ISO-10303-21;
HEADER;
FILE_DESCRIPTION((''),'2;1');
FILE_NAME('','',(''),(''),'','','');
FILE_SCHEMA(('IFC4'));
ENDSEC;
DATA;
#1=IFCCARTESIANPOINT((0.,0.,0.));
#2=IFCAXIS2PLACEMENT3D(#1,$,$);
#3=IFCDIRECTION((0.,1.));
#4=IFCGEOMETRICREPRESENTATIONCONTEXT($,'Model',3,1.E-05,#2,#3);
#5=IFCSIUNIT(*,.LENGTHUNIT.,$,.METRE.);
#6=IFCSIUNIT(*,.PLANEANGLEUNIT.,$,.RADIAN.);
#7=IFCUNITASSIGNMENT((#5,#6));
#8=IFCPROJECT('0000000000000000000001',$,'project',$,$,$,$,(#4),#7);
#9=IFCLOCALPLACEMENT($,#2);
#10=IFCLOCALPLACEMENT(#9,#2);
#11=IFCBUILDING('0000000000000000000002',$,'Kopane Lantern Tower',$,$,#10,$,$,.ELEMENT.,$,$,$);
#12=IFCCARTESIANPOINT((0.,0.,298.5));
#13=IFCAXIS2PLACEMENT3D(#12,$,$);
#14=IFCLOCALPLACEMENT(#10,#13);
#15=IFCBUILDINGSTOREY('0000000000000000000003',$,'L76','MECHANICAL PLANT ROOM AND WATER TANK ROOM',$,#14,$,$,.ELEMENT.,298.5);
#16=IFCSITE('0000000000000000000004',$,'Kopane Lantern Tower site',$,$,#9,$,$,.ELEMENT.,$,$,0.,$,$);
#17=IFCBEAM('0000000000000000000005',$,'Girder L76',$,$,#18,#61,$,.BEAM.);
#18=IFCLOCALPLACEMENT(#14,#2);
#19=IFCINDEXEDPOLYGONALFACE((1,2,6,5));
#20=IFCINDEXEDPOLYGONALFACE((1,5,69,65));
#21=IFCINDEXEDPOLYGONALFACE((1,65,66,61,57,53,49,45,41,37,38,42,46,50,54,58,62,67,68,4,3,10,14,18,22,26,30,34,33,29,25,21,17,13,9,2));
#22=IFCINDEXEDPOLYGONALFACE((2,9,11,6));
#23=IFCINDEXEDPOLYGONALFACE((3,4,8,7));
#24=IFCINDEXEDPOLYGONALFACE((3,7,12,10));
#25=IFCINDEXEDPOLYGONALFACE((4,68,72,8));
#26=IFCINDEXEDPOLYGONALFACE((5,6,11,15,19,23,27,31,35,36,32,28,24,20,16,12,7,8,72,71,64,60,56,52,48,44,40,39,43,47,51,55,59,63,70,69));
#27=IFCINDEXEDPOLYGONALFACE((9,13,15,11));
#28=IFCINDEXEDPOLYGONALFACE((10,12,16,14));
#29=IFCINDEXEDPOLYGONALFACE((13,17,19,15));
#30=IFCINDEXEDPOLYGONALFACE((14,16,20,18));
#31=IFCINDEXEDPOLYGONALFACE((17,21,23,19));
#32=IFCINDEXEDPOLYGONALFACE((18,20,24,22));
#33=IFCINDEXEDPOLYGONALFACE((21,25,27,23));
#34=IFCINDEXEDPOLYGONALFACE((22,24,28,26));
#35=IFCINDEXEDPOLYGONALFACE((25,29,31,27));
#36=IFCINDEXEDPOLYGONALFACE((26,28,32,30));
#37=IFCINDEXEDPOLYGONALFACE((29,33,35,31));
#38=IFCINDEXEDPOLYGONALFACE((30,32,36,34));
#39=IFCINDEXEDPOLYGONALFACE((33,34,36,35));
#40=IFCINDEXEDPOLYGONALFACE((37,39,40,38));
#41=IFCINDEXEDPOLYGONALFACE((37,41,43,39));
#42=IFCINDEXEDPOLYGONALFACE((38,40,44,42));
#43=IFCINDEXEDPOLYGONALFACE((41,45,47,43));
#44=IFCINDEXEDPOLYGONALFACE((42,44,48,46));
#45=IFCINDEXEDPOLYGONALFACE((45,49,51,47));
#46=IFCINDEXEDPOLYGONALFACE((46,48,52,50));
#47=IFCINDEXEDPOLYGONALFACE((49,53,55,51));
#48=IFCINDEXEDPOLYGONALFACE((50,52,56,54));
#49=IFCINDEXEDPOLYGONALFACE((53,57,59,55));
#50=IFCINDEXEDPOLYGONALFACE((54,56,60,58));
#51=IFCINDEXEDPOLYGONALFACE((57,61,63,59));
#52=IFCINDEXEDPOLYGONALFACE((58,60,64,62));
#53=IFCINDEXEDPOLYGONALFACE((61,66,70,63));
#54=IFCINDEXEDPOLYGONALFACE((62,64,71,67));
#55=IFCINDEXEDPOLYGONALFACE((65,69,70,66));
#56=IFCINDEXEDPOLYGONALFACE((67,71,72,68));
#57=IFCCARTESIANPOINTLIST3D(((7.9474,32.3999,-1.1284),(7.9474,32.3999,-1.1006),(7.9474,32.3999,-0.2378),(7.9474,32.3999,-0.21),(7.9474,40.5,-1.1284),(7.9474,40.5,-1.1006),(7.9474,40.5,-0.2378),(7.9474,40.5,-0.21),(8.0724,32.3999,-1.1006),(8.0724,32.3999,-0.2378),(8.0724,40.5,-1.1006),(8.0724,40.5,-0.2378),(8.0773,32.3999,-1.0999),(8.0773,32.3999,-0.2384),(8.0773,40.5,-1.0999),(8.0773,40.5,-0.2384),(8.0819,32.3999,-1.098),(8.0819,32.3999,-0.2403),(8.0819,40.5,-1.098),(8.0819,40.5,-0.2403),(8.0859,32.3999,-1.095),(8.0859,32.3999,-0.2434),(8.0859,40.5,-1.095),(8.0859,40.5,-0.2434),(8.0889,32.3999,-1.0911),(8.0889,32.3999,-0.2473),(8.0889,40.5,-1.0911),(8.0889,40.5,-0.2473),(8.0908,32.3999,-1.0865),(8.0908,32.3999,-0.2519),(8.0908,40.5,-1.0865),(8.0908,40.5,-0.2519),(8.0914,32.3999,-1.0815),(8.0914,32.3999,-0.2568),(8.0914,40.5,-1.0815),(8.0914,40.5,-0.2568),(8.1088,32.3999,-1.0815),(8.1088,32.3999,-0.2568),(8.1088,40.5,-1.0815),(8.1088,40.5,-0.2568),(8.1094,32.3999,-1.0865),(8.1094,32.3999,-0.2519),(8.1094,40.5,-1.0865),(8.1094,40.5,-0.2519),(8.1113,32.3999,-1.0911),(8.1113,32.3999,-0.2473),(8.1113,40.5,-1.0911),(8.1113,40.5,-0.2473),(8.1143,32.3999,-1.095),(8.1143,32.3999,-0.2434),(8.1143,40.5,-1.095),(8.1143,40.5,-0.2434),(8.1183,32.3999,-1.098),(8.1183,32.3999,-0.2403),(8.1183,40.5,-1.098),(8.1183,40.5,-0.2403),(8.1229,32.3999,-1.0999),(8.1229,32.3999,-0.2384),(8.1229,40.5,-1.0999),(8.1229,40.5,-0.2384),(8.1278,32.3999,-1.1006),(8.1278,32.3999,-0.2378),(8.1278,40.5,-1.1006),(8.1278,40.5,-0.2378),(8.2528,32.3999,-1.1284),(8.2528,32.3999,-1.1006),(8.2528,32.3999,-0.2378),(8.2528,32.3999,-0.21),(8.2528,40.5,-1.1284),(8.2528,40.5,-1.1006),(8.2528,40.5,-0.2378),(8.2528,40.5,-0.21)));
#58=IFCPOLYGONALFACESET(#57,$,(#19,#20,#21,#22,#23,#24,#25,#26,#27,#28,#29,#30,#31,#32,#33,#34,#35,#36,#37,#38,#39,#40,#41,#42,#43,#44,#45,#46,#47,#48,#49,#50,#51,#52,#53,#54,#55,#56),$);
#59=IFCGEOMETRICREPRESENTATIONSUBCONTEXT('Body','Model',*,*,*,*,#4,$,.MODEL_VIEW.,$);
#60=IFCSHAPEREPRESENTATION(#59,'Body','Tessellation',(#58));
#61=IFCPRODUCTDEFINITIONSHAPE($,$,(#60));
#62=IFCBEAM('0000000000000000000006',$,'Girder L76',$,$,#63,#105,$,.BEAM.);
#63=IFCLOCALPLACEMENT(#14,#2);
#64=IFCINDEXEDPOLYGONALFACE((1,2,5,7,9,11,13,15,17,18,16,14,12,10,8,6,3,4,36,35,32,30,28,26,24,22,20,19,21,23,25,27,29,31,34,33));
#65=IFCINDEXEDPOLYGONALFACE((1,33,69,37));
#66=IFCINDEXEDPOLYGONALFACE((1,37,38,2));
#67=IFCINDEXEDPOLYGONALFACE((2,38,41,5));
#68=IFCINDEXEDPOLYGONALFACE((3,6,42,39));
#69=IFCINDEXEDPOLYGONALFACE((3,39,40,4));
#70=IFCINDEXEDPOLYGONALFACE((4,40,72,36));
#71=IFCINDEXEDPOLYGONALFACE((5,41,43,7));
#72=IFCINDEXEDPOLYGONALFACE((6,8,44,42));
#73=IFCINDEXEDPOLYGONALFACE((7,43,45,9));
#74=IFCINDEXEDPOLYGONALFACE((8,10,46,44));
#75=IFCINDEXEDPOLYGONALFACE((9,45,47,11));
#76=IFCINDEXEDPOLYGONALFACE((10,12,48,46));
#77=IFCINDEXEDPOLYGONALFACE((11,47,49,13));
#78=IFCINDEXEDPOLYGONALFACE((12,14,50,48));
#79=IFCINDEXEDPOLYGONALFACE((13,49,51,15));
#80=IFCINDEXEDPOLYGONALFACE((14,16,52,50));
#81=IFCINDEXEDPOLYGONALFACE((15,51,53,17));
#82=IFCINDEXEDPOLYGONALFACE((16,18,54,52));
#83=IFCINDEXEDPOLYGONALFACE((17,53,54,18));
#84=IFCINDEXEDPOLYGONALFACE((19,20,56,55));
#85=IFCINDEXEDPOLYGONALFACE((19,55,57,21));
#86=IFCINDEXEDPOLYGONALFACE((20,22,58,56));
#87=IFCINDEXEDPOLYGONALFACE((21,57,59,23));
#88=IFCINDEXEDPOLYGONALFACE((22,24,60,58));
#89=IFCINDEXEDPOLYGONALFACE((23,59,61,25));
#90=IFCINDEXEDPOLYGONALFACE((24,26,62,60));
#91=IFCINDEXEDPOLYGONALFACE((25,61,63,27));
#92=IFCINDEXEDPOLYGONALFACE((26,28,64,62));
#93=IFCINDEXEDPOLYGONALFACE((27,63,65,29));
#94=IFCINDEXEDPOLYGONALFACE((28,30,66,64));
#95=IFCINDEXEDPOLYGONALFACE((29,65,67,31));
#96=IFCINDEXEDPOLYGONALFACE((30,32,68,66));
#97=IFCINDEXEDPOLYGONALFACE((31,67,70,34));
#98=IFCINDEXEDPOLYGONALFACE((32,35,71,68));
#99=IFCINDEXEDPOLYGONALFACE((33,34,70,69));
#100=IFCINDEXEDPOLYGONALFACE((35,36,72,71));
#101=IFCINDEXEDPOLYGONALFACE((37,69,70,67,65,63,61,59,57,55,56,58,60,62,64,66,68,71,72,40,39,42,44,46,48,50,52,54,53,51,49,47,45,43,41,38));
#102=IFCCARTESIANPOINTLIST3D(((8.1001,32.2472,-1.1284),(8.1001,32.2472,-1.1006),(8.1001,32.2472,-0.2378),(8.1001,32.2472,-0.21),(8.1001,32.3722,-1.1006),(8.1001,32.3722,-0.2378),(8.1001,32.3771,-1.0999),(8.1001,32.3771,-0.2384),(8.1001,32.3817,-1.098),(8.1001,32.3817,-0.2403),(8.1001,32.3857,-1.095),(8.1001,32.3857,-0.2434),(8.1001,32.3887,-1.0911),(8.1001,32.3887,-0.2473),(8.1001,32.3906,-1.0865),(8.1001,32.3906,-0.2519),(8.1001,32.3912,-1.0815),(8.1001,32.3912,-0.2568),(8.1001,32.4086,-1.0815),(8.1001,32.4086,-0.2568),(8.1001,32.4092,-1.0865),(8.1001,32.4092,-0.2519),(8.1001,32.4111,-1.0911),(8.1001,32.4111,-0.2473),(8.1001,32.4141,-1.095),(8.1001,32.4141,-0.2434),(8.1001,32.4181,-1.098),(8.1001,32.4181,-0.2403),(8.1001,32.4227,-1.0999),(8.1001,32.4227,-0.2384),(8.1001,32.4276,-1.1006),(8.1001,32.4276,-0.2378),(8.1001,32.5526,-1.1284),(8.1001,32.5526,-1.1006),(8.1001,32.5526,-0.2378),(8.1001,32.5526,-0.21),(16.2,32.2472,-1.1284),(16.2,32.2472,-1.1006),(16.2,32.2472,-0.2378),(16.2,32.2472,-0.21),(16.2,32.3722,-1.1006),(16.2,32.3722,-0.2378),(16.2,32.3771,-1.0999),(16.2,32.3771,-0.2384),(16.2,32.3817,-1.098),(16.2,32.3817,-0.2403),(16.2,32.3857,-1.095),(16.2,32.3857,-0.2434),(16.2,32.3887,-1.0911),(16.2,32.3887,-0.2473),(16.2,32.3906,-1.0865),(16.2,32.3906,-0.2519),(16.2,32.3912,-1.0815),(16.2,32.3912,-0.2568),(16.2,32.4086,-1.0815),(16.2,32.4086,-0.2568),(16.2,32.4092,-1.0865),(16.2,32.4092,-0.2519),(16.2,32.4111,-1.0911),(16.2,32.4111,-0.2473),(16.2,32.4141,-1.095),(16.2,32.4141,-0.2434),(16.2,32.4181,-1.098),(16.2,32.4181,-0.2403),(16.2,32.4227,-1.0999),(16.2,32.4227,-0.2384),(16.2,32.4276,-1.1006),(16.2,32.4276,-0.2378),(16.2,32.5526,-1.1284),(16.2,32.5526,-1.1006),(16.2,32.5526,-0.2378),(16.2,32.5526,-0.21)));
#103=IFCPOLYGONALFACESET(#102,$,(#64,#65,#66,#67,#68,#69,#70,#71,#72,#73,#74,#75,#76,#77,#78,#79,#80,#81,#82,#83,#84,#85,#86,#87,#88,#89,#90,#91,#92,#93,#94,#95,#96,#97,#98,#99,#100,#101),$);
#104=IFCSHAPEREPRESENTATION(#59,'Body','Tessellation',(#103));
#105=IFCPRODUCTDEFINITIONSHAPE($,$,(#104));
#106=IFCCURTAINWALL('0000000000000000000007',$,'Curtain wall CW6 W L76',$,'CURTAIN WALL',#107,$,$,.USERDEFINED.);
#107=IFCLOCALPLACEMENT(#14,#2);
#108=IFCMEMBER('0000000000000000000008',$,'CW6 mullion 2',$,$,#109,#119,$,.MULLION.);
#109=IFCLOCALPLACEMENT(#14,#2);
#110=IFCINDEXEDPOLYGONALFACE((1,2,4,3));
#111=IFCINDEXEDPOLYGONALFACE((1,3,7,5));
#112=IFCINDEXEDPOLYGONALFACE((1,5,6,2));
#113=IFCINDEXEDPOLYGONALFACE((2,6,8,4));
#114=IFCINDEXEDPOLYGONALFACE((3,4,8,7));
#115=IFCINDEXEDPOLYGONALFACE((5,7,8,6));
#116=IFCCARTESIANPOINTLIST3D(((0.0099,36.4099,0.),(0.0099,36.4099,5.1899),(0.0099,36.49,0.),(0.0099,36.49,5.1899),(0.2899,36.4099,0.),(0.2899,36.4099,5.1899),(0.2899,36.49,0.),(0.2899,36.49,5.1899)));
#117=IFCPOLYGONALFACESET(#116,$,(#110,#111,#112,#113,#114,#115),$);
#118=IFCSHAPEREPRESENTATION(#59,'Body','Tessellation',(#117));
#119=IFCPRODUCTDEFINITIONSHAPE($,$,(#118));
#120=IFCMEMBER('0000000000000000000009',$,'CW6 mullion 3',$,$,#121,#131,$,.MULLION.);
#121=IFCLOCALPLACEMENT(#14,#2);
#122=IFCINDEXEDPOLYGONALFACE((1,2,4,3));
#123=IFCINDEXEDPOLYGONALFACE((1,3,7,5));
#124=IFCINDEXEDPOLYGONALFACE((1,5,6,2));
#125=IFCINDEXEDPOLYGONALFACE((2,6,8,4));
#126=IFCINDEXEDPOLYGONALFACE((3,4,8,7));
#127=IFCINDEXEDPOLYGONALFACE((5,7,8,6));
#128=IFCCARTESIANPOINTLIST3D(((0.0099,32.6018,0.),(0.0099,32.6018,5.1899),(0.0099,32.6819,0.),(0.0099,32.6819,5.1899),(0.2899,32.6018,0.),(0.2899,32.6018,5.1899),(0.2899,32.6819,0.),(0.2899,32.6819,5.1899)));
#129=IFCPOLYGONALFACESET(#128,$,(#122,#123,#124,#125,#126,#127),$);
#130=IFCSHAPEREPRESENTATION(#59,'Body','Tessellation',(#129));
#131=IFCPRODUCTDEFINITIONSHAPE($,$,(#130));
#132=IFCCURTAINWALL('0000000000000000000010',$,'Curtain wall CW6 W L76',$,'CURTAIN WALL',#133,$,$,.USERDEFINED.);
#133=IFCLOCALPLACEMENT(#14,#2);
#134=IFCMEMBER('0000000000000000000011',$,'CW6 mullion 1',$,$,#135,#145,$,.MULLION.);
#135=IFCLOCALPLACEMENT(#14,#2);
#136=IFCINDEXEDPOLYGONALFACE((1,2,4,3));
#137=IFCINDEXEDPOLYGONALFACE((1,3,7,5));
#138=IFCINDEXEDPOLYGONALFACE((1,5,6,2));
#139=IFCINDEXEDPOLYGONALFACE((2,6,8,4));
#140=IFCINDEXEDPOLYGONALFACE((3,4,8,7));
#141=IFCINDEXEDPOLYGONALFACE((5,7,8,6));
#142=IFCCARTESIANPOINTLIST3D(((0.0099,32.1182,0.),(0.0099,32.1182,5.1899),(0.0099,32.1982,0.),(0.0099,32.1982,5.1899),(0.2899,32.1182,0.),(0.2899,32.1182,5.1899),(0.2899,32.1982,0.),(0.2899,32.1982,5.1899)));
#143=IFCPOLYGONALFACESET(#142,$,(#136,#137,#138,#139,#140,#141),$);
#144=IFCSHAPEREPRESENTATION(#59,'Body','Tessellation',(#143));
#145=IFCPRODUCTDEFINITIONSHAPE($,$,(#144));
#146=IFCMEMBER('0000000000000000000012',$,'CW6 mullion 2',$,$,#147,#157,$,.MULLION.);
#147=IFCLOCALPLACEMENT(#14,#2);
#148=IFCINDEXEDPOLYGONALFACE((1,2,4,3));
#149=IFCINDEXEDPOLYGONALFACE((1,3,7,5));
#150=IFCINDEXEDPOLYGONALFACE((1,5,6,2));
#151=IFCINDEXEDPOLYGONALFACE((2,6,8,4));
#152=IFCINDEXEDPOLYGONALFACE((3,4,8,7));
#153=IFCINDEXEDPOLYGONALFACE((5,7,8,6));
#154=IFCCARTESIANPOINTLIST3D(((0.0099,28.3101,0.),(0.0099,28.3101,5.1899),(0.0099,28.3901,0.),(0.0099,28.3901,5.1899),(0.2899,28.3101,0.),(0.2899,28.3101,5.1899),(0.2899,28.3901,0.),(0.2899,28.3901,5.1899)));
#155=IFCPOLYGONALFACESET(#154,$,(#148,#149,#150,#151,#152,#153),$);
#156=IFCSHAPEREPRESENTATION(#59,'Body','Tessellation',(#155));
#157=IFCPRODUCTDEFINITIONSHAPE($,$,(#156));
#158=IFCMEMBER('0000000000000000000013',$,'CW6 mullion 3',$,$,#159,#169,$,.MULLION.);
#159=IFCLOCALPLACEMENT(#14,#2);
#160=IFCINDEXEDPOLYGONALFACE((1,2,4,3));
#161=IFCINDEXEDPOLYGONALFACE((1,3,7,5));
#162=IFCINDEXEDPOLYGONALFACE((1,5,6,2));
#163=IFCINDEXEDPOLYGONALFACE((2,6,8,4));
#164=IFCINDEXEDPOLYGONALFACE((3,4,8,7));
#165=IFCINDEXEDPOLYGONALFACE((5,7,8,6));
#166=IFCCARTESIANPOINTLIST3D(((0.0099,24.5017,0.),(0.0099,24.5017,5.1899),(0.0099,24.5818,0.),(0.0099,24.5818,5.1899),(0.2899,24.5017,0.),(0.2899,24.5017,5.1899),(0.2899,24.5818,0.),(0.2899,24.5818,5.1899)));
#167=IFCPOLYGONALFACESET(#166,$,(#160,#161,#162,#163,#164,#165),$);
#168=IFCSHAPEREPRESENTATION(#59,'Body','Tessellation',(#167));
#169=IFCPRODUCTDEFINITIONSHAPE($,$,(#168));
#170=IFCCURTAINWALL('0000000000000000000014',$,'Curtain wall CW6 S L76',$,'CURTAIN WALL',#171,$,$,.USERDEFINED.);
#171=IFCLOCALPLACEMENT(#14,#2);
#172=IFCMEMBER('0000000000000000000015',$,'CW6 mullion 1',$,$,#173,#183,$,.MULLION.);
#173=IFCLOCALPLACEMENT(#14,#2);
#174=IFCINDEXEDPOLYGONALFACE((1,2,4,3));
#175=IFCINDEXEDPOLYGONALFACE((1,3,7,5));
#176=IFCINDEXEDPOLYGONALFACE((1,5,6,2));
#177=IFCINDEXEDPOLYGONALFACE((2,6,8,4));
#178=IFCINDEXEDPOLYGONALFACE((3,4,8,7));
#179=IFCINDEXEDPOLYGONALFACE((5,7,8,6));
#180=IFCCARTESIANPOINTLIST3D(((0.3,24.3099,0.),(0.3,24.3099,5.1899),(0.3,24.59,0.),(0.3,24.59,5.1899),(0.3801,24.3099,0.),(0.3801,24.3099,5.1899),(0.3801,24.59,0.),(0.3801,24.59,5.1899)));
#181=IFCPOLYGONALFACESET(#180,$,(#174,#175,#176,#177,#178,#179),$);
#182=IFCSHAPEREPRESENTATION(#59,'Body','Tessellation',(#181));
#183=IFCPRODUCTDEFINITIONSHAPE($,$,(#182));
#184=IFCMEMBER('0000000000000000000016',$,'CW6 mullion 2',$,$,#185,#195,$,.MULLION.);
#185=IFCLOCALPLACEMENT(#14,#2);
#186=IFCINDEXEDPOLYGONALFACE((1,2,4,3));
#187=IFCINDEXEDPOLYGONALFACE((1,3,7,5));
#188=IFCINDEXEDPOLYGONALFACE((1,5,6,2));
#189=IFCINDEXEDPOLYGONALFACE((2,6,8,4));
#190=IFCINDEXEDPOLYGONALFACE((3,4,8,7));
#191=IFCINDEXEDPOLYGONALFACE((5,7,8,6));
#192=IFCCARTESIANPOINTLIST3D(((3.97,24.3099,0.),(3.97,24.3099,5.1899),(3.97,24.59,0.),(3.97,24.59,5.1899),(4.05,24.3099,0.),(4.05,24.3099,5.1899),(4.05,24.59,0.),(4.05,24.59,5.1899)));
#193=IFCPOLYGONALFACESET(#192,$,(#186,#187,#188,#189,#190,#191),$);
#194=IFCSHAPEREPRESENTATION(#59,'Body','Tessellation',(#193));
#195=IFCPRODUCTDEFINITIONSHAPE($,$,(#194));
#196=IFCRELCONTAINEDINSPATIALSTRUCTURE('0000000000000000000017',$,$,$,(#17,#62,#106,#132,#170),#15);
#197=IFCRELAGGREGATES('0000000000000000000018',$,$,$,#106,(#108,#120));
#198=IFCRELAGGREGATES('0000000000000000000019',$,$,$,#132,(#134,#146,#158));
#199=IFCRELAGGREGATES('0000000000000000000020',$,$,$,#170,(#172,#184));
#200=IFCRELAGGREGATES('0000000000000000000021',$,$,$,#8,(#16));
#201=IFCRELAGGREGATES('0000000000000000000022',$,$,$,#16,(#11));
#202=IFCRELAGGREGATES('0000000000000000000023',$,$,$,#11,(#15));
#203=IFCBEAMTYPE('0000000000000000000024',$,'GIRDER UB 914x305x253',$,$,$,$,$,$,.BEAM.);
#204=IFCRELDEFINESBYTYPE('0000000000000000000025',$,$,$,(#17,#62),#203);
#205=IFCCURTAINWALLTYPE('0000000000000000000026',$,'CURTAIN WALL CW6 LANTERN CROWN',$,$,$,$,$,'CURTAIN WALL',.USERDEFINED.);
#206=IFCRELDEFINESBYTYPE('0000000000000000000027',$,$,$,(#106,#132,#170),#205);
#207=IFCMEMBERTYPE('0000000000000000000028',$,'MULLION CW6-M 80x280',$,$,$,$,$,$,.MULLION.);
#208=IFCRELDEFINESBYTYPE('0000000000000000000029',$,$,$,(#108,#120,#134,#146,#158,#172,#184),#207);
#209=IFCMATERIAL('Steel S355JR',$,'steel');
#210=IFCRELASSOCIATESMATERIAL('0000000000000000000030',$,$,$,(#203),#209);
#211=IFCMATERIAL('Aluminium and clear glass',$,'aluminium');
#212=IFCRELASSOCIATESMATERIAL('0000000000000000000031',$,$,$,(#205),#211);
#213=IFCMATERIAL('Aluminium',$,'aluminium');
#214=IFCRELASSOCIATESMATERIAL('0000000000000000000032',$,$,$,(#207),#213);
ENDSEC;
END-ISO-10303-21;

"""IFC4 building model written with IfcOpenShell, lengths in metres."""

from ifc_helpers import new_model, si_unit, direction, frame, origin, origin_2d, place, context, subcontext, project, spatial, rectangle, i_section, extrude, material, material_profile, profile_set, type_object, element, aggregate, save


model = new_model("IFC4")

# Units and contexts
model_context = context("Model", 3, precision=1e-05, world=origin(), true_north=direction((0.0, 1.0)))
body_context = subcontext(model_context, "Body", "Model", "MODEL_VIEW")
ifc_project = project(units=[si_unit("LENGTHUNIT", "METRE"), si_unit("PLANEANGLEUNIT", "RADIAN")], contexts=[model_context])

# Site, building, storey
site_placement = place(None, origin())
site = spatial("IfcSite", under=ifc_project, at=site_placement, Name="Kopane Lantern Tower site", CompositionType="ELEMENT", RefElevation=0.0)
building_placement = place(site_placement, origin())
building = spatial("IfcBuilding", under=site, at=building_placement, Name="Kopane Lantern Tower", CompositionType="ELEMENT")
storey_placement = place(building_placement, frame((0.0, 0.0, 298.5)))
storey = spatial("IfcBuildingStorey", under=building, at=storey_placement, Name="L76", Description="MECHANICAL PLANT ROOM AND WATER TANK ROOM", CompositionType="ELEMENT", Elevation=298.5)

# Beams
ifc_material_1 = material(Name="Steel S355JR", Category="steel")
ifc_material_profile_1 = material_profile(ifc_material_1, i_section(OverallWidth=0.3054, OverallDepth=0.9185, WebThickness=0.0173, FlangeThickness=0.0278, FilletRadius=0.019, at=origin_2d()), Name="UB 914x305x253")
ifc_profile_set_1 = profile_set([ifc_material_profile_1], Name="Steel S355JR")
beam_type = type_object("IfcBeamType", Name="GIRDER UB 914x305x253", PredefinedType="BEAM", material=ifc_profile_set_1)
for number, where, z_axis, x_axis, name in (
    (1, (8.1001, 32.3999, -0.6692), (0.0, 1.0, 0.0), (-1.0, 0.0, 0.0), "Girder L76"),
):
    element("IfcBeam", number, at=place(storey_placement, frame(where, z_axis=z_axis, x_axis=x_axis)), inside=storey, type_object=beam_type, Name=name, PredefinedType="BEAM", context=body_context, shape_type="SweptSolid", body=[
        extrude(i_section(OverallWidth=0.3054, OverallDepth=0.9185, WebThickness=0.0173, FlangeThickness=0.0278, FilletRadius=0.019, at=origin_2d()), origin(), (0.0, 0.0, 1.0), 8.1001),
    ])
beam_placement = place(storey_placement, frame((8.1001, 32.3999, -0.6692), z_axis=(1.0, 0.0, 0.0), x_axis=(0.0, 1.0, 0.0)))
element("IfcBeam", 2, at=beam_placement, inside=storey, type_object=beam_type, Name="Girder L76", PredefinedType="BEAM", context=body_context, shape_type="SweptSolid", body=[
    extrude(i_section(OverallWidth=0.3054, OverallDepth=0.9185, WebThickness=0.0173, FlangeThickness=0.0278, FilletRadius=0.019, at=origin_2d()), origin(), (0.0, 0.0, 1.0), 8.0999),
])

# Curtain walls, members
ifc_material_2 = material(Name="Aluminium and clear glass", Category="aluminium")
curtain_wall_type = type_object("IfcCurtainWallType", Name="CURTAIN WALL CW6 LANTERN CROWN", ElementType="CURTAIN WALL", PredefinedType="USERDEFINED", material=ifc_material_2)
curtain_wall_1_placement = place(storey_placement, origin())
curtain_wall_1 = element("IfcCurtainWall", 3, at=curtain_wall_1_placement, inside=storey, type_object=curtain_wall_type, Name="Curtain wall CW6 W L76", ObjectType="CURTAIN WALL", PredefinedType="USERDEFINED")
ifc_material_3 = material(Name="Aluminium", Category="aluminium")
ifc_material_profile_2 = material_profile(ifc_material_3, rectangle(XDim=0.0801, YDim=0.28, at=origin_2d()), Name="AL 80x280")
ifc_profile_set_2 = profile_set([ifc_material_profile_2], Name="Aluminium")
member_type_1 = type_object("IfcMemberType", Name="MULLION CW6-M 80x280", PredefinedType="MULLION", material=ifc_profile_set_2)
member_1_placement = place(storey_placement, frame((0.1499, 36.45, 0.0), z_axis=(0.0, 0.0, 1.0), x_axis=(0.0, -1.0, 0.0)))
member_1 = element("IfcMember", 4, at=member_1_placement, type_object=member_type_1, Name="CW6 mullion 2", PredefinedType="MULLION", context=body_context, shape_type="SweptSolid", body=[
    extrude(rectangle(XDim=0.0801, YDim=0.28, at=origin_2d()), origin(), (0.0, 0.0, 1.0), 5.1899),
])
member_2_placement = place(storey_placement, frame((0.1499, 32.6418, 0.0), z_axis=(0.0, 0.0, 1.0), x_axis=(0.0, -1.0, 0.0)))
member_2 = element("IfcMember", 5, at=member_2_placement, type_object=member_type_1, Name="CW6 mullion 3", PredefinedType="MULLION", context=body_context, shape_type="SweptSolid", body=[
    extrude(rectangle(XDim=0.0801, YDim=0.28, at=origin_2d()), origin(), (0.0, 0.0, 1.0), 5.1899),
])
curtain_wall_2_placement = place(storey_placement, origin())
curtain_wall_2 = element("IfcCurtainWall", 6, at=curtain_wall_2_placement, inside=storey, type_object=curtain_wall_type, Name="Curtain wall CW6 W L76", ObjectType="CURTAIN WALL", PredefinedType="USERDEFINED")
member_3_placement = place(storey_placement, frame((0.1499, 32.1582, 0.0), z_axis=(0.0, 0.0, 1.0), x_axis=(0.0, -1.0, 0.0)))
member_3 = element("IfcMember", 7, at=member_3_placement, type_object=member_type_1, Name="CW6 mullion 1", PredefinedType="MULLION", context=body_context, shape_type="SweptSolid", body=[
    extrude(rectangle(XDim=0.0801, YDim=0.28, at=origin_2d()), origin(), (0.0, 0.0, 1.0), 5.1899),
])
member_4_placement = place(storey_placement, frame((0.1499, 28.3501, 0.0), z_axis=(0.0, 0.0, 1.0), x_axis=(0.0, -1.0, 0.0)))
member_4 = element("IfcMember", 8, at=member_4_placement, type_object=member_type_1, Name="CW6 mullion 2", PredefinedType="MULLION", context=body_context, shape_type="SweptSolid", body=[
    extrude(rectangle(XDim=0.0801, YDim=0.28, at=origin_2d()), origin(), (0.0, 0.0, 1.0), 5.1899),
])
member_5_placement = place(storey_placement, frame((0.1499, 24.5417, 0.0), z_axis=(0.0, 0.0, 1.0), x_axis=(0.0, -1.0, 0.0)))
member_5 = element("IfcMember", 9, at=member_5_placement, type_object=member_type_1, Name="CW6 mullion 3", PredefinedType="MULLION", context=body_context, shape_type="SweptSolid", body=[
    extrude(rectangle(XDim=0.0801, YDim=0.28, at=origin_2d()), origin(), (0.0, 0.0, 1.0), 5.1899),
])
curtain_wall_3_placement = place(storey_placement, origin())
curtain_wall_3 = element("IfcCurtainWall", 10, at=curtain_wall_3_placement, inside=storey, type_object=curtain_wall_type, Name="Curtain wall CW6 S L76", ObjectType="CURTAIN WALL", PredefinedType="USERDEFINED")
member_6_placement = place(storey_placement, frame((0.3401, 24.45, 0.0), z_axis=(0.0, 0.0, 1.0), x_axis=(1.0, 0.0, 0.0)))
member_6 = element("IfcMember", 11, at=member_6_placement, type_object=member_type_1, Name="CW6 mullion 1", PredefinedType="MULLION", context=body_context, shape_type="SweptSolid", body=[
    extrude(rectangle(XDim=0.0801, YDim=0.28, at=origin_2d()), origin(), (0.0, 0.0, 1.0), 5.1899),
])
member_7_placement = place(storey_placement, frame((4.01, 24.45, 0.0), z_axis=(0.0, 0.0, 1.0), x_axis=(1.0, 0.0, 0.0)))
member_7 = element("IfcMember", 12, at=member_7_placement, type_object=member_type_1, Name="CW6 mullion 2", PredefinedType="MULLION", context=body_context, shape_type="SweptSolid", body=[
    extrude(rectangle(XDim=0.0801, YDim=0.28, at=origin_2d()), origin(), (0.0, 0.0, 1.0), 5.1899),
])

aggregate(curtain_wall_1, [member_1, member_2])
aggregate(curtain_wall_2, [member_3, member_4, member_5])
aggregate(curtain_wall_3, [member_6, member_7])

save(model, "model.ifc")
